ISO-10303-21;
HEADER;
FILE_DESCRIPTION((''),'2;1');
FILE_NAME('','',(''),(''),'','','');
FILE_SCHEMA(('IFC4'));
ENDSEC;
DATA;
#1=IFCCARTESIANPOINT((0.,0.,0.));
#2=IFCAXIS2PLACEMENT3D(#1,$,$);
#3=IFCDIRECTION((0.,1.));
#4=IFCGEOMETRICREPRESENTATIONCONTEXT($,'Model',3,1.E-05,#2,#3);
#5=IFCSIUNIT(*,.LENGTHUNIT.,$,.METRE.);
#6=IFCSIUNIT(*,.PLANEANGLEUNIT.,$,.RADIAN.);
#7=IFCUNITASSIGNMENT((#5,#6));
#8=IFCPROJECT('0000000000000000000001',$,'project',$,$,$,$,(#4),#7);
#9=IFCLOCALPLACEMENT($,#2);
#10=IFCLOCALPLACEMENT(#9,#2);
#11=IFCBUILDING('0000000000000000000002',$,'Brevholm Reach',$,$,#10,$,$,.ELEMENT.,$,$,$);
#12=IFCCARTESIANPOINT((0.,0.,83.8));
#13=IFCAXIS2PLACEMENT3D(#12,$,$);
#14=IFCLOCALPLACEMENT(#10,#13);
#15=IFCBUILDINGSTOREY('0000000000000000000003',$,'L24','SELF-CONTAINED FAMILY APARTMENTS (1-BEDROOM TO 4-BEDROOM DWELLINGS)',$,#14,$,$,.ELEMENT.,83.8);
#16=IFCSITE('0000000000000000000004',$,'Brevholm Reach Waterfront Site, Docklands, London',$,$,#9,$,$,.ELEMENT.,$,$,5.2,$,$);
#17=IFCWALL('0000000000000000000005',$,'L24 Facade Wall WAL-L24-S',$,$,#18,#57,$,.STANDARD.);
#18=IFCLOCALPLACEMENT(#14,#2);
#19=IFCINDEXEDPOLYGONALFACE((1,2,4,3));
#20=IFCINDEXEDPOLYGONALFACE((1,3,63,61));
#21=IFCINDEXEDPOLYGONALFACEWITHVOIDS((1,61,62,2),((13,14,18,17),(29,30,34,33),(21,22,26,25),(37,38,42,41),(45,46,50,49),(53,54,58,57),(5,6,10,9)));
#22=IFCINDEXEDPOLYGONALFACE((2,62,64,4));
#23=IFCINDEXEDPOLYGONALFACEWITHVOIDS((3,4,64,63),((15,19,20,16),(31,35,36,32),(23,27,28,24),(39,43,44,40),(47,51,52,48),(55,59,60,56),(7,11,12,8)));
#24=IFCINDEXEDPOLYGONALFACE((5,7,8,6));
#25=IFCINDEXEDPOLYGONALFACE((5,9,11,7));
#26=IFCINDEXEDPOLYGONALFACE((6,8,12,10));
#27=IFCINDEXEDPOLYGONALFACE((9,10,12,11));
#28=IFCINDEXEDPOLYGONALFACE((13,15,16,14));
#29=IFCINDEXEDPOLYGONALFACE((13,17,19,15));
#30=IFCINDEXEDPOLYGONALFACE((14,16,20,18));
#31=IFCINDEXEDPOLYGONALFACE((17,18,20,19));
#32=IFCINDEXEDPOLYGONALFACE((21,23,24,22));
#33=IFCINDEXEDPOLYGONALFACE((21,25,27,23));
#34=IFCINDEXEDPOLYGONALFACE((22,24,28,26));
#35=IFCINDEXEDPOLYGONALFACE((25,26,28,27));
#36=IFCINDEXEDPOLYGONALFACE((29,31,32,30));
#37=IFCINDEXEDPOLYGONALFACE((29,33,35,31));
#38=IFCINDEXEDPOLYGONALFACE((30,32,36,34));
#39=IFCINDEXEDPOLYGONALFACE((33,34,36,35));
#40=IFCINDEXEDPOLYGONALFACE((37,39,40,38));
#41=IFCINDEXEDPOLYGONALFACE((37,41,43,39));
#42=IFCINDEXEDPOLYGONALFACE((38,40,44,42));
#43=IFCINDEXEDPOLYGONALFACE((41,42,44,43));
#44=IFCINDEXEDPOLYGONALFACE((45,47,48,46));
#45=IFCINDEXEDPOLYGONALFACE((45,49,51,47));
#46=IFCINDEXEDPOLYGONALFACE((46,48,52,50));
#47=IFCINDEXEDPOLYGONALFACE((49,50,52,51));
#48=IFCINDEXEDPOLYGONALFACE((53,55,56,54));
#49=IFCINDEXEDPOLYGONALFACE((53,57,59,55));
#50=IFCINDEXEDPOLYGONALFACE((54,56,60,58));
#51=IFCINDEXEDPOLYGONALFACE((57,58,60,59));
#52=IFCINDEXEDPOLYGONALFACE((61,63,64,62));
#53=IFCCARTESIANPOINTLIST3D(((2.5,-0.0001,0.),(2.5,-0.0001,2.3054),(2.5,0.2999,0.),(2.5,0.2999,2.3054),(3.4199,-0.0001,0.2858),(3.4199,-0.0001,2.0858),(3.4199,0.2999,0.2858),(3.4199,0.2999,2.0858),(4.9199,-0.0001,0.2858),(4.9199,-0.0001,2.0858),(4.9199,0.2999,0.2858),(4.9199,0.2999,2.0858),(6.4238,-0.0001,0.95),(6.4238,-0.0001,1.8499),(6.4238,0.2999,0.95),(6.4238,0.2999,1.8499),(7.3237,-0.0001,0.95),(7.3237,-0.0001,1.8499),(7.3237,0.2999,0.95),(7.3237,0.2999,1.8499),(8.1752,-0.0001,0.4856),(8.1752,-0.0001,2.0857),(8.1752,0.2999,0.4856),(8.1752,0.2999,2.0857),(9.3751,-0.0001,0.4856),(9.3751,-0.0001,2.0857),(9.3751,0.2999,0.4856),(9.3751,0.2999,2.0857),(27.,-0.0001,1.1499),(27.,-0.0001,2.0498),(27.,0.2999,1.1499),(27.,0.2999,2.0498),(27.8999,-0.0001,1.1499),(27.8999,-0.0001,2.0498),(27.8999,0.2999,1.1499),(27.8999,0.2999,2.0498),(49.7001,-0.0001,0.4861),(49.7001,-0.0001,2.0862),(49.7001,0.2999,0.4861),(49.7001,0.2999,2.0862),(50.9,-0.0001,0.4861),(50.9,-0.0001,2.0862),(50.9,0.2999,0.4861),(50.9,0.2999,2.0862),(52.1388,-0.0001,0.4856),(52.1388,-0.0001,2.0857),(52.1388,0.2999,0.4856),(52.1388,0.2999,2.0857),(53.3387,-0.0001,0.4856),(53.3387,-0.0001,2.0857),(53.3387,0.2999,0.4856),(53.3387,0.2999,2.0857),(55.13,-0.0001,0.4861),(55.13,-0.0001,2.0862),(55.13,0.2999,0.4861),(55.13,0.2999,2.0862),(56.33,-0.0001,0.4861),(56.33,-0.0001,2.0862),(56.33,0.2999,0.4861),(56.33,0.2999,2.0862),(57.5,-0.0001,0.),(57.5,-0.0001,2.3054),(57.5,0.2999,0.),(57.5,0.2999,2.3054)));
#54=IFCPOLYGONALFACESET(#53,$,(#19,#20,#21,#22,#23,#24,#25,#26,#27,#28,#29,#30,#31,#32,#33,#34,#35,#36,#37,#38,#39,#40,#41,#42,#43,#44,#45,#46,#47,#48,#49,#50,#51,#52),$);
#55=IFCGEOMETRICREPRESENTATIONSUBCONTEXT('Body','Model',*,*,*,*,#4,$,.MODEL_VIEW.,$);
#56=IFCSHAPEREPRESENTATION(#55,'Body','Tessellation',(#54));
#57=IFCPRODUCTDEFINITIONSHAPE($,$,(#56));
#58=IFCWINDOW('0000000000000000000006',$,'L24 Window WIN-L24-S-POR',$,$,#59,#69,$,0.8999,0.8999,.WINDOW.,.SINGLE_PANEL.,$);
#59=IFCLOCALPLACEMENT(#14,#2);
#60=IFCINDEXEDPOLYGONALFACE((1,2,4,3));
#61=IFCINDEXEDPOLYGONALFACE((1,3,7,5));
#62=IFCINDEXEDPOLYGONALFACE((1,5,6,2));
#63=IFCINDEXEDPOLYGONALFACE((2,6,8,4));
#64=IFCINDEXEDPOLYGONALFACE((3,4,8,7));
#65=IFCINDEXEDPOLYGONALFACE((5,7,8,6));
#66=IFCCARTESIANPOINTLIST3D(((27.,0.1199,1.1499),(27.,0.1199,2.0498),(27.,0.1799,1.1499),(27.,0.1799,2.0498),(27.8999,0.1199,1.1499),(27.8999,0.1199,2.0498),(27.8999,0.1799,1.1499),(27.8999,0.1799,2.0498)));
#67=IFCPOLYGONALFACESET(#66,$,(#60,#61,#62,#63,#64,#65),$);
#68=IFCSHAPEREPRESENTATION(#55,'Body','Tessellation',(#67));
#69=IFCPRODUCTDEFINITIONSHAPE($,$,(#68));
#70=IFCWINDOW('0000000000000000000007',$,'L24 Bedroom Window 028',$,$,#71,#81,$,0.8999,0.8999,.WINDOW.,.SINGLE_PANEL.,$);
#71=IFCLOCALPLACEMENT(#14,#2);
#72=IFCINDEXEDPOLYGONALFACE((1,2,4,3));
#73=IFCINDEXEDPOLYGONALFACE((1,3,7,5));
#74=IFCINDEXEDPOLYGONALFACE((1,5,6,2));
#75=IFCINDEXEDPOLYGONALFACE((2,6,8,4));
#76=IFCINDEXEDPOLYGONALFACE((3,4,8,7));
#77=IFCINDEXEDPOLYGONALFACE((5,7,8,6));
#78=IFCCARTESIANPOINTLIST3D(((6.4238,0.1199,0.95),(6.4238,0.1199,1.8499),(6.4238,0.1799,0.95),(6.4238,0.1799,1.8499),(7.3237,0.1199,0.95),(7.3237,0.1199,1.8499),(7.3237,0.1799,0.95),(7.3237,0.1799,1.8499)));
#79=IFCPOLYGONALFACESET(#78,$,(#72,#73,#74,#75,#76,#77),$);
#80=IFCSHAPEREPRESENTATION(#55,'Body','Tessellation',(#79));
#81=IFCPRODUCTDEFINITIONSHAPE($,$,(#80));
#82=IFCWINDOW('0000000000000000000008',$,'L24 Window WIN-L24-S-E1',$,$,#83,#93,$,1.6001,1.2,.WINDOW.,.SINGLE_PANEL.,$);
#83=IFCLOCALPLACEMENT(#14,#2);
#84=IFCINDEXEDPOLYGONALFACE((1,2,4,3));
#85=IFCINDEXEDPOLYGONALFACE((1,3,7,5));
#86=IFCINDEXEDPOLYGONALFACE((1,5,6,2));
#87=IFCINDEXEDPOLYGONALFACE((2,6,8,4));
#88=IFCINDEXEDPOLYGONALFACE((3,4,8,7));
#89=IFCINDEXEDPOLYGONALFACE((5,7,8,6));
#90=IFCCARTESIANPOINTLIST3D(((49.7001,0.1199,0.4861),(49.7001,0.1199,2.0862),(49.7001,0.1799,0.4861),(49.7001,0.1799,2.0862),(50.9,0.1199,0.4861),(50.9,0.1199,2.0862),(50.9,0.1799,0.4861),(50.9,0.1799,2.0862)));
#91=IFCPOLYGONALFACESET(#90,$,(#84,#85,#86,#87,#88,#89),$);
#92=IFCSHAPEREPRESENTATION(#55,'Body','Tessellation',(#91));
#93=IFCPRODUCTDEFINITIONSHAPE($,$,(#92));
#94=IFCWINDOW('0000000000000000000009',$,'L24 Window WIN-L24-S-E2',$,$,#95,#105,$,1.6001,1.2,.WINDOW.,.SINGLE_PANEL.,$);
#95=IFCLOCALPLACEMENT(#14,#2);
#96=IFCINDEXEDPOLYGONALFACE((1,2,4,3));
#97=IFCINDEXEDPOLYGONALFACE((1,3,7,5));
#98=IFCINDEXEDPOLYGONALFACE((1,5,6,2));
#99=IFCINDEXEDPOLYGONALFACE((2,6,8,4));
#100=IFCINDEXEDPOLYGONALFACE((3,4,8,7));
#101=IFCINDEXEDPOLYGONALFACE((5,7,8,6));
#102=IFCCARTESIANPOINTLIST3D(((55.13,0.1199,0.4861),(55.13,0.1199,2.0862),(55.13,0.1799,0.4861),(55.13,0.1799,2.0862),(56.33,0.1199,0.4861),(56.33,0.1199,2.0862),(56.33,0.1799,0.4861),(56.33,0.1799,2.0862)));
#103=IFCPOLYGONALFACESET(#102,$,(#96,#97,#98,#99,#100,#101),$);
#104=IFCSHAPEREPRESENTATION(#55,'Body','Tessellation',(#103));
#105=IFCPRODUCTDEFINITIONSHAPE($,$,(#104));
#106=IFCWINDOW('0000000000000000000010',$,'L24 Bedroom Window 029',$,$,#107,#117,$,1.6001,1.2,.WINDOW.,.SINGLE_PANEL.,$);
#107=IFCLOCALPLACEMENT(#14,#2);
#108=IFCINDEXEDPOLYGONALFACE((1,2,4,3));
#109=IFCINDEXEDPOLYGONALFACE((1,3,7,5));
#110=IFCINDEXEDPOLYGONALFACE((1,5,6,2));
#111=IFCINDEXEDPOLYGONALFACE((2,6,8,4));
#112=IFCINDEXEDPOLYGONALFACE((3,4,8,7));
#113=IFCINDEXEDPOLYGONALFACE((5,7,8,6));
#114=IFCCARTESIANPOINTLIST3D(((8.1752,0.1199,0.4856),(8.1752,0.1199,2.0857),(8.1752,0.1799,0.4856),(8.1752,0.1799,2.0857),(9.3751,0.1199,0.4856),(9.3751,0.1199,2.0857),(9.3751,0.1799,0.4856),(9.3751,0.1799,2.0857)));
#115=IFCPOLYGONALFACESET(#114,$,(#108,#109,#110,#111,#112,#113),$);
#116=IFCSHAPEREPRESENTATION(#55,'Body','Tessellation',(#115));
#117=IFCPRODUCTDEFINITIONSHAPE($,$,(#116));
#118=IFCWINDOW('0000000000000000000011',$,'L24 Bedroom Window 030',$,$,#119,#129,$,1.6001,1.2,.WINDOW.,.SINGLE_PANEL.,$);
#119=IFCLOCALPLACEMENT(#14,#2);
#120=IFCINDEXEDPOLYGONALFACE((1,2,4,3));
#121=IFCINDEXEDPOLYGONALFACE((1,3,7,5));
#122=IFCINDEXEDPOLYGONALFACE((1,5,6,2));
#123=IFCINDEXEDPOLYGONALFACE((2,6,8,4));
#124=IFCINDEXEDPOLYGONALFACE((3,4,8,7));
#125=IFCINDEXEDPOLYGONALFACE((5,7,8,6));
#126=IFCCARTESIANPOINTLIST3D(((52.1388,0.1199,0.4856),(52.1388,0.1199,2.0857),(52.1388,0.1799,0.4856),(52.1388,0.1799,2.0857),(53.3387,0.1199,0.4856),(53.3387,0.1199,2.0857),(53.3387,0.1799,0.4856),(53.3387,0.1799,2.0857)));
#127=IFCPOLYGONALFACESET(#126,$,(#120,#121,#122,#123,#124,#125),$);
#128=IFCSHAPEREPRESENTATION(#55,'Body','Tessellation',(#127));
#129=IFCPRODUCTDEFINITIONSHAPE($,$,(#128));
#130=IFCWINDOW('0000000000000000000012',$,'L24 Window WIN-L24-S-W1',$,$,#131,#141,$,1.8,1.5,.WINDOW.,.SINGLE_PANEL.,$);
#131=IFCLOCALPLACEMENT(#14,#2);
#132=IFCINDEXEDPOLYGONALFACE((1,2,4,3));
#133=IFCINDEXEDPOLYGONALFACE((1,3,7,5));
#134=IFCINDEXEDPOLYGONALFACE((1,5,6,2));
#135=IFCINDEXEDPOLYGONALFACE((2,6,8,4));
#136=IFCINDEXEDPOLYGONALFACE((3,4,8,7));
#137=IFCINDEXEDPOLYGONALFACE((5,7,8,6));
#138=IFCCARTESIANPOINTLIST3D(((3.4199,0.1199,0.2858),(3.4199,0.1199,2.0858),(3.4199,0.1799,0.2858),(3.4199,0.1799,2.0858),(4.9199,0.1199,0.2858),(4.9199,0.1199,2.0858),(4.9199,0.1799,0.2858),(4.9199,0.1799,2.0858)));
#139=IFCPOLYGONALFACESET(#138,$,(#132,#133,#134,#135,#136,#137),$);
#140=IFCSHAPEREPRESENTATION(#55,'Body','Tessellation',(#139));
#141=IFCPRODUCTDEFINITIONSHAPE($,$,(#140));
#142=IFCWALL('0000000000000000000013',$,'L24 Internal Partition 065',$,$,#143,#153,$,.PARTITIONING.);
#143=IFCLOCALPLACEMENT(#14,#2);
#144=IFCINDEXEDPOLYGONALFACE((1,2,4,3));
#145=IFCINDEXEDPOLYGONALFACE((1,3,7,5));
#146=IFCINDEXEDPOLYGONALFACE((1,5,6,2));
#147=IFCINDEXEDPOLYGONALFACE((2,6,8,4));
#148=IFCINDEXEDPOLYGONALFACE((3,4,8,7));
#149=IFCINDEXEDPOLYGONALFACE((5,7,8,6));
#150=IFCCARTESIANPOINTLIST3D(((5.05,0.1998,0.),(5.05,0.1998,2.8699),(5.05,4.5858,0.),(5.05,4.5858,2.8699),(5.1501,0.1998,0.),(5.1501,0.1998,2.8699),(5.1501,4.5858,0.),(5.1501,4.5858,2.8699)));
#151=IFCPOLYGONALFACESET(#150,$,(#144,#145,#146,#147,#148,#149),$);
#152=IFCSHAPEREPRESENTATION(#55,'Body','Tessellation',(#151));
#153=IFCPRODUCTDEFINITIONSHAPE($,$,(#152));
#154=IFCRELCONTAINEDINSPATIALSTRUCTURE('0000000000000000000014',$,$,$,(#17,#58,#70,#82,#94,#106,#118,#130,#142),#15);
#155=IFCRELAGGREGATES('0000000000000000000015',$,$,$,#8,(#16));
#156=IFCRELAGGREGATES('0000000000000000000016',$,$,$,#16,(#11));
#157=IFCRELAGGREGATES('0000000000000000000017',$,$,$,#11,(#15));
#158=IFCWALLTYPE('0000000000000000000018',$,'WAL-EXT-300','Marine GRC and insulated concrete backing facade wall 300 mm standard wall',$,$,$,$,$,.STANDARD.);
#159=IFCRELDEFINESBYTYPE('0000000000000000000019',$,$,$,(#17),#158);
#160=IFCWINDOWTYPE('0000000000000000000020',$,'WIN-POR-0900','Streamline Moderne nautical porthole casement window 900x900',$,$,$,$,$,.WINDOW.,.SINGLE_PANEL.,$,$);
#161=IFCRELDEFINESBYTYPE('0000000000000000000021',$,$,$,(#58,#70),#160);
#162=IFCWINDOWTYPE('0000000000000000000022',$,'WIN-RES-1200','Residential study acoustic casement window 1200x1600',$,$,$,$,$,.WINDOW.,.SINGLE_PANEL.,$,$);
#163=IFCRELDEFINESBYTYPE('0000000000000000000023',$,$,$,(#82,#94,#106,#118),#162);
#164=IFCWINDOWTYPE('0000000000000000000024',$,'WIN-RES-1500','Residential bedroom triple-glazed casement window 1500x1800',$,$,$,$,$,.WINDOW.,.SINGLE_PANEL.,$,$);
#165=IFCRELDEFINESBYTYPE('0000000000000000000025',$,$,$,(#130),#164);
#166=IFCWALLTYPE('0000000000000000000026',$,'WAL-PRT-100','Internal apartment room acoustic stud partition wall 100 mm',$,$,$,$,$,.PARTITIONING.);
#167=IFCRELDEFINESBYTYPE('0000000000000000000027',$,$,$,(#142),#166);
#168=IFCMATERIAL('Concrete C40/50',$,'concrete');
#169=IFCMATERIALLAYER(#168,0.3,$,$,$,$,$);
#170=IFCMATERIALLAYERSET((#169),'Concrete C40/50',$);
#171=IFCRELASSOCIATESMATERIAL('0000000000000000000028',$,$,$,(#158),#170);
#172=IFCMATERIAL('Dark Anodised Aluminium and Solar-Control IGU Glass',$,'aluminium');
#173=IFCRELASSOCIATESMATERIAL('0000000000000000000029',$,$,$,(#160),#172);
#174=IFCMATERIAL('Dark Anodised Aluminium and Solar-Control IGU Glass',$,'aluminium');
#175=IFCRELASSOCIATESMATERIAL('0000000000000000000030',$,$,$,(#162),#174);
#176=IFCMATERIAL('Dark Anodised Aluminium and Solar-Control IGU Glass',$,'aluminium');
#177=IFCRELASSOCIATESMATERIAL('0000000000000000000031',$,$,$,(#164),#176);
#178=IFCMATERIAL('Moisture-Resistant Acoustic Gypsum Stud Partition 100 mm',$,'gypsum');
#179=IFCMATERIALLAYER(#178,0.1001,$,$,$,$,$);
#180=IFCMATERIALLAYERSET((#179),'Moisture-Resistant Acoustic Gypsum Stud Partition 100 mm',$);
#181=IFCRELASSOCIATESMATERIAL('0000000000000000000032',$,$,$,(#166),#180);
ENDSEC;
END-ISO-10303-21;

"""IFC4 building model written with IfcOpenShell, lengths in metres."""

from ifc_helpers import new_model, si_unit, direction, frame, frame_2d, origin, place, context, subcontext, project, spatial, rectangle, extrude, material, layer, layer_set, type_object, element, fill, save


model = new_model("IFC4")

# Units and contexts
model_context = context("Model", 3, precision=1e-05, world=origin(), true_north=direction((0.0, 1.0)))
body_context = subcontext(model_context, "Body", "Model", "MODEL_VIEW")
ifc_project = project(units=[si_unit("LENGTHUNIT", "METRE"), si_unit("PLANEANGLEUNIT", "RADIAN")], contexts=[model_context])

# Site, building, storey
site_placement = place(None, origin())
site = spatial("IfcSite", under=ifc_project, at=site_placement, Name="Brevholm Reach Waterfront Site, Docklands, London", CompositionType="ELEMENT", RefElevation=5.2)
building_placement = place(site_placement, origin())
building = spatial("IfcBuilding", under=site, at=building_placement, Name="Brevholm Reach", CompositionType="ELEMENT")
storey_placement = place(building_placement, frame((0.0, 0.0, 83.8)))
storey = spatial("IfcBuildingStorey", under=building, at=storey_placement, Name="L24", Description="SELF-CONTAINED FAMILY APARTMENTS (1-BEDROOM TO 4-BEDROOM DWELLINGS)", CompositionType="ELEMENT", Elevation=83.8)

# Wall, openings, windows
ifc_material_1 = material(Name="Concrete C40/50", Category="concrete")
ifc_layer_1 = layer(ifc_material_1, 0.3)
ifc_layer_set_1 = layer_set([ifc_layer_1], Name="Concrete C40/50")
wall_type_1 = type_object("IfcWallType", Name="WAL-EXT-300", Description="Marine GRC and insulated concrete backing facade wall 300 mm standard wall", PredefinedType="STANDARD", material=ifc_layer_set_1)
wall_placement = place(storey_placement, frame((2.5, 0.1499, 0.0), z_axis=(0.0, 0.0, 1.0), x_axis=(1.0, 0.0, 0.0)))
wall = element("IfcWall", 1, at=wall_placement, inside=storey, type_object=wall_type_1, Name="L24 Facade Wall WAL-L24-S", PredefinedType="STANDARD", context=body_context, shape_type="SweptSolid", body=[
    extrude(rectangle(XDim=55.0, YDim=0.3, at=frame_2d((27.5, 0.0))), origin(), (0.0, 0.0, 1.0), 2.3054),
])
opening_1_placement = place(wall_placement, frame((0.9199, 0.0, 0.2859)))
opening_1 = element("IfcOpeningElement", 2, at=opening_1_placement, cuts=wall, PredefinedType="OPENING", context=body_context, shape_type="SweptSolid", body=[
    extrude(rectangle(XDim=1.5, YDim=1.8, at=frame_2d((0.75, 0.8999))), frame((0.0, 0.1599, 0.0), z_axis=(0.0, -1.0, 0.0), x_axis=(1.0, 0.0, 0.0)), (0.0, 0.0, 1.0), 0.3201),
])
opening_2_placement = place(wall_placement, frame((24.5, 0.0, 1.1499)))
opening_2 = element("IfcOpeningElement", 3, at=opening_2_placement, cuts=wall, PredefinedType="OPENING", context=body_context, shape_type="SweptSolid", body=[
    extrude(rectangle(XDim=0.8999, YDim=0.8999, at=frame_2d((0.45, 0.45))), frame((0.0, 0.1599, 0.0), z_axis=(0.0, -1.0, 0.0), x_axis=(1.0, 0.0, 0.0)), (0.0, 0.0, 1.0), 0.3201),
])
opening_3_placement = place(wall_placement, frame((47.2, 0.0, 0.4861)))
opening_3 = element("IfcOpeningElement", 4, at=opening_3_placement, cuts=wall, PredefinedType="OPENING", context=body_context, shape_type="SweptSolid", body=[
    extrude(rectangle(XDim=1.2, YDim=1.6001, at=frame_2d((0.6001, 0.8))), frame((0.0, 0.1599, 0.0), z_axis=(0.0, -1.0, 0.0), x_axis=(1.0, 0.0, 0.0)), (0.0, 0.0, 1.0), 0.3201),
])
opening_4_placement = place(wall_placement, frame((52.6299, 0.0, 0.4861)))
opening_4 = element("IfcOpeningElement", 5, at=opening_4_placement, cuts=wall, PredefinedType="OPENING", context=body_context, shape_type="SweptSolid", body=[
    extrude(rectangle(XDim=1.2, YDim=1.6001, at=frame_2d((0.6001, 0.8))), frame((0.0, 0.1599, 0.0), z_axis=(0.0, -1.0, 0.0), x_axis=(1.0, 0.0, 0.0)), (0.0, 0.0, 1.0), 0.3201),
])
opening_5_placement = place(wall_placement, frame((3.9238, 0.0, 0.95)))
opening_5 = element("IfcOpeningElement", 6, at=opening_5_placement, cuts=wall, PredefinedType="OPENING", context=body_context, shape_type="SweptSolid", body=[
    extrude(rectangle(XDim=0.8999, YDim=0.8999, at=frame_2d((0.45, 0.45))), frame((0.0, 0.1599, 0.0), z_axis=(0.0, -1.0, 0.0), x_axis=(1.0, 0.0, 0.0)), (0.0, 0.0, 1.0), 0.3201),
])
opening_6_placement = place(wall_placement, frame((5.675, 0.0, 0.4856)))
opening_6 = element("IfcOpeningElement", 7, at=opening_6_placement, cuts=wall, PredefinedType="OPENING", context=body_context, shape_type="SweptSolid", body=[
    extrude(rectangle(XDim=1.2, YDim=1.6001, at=frame_2d((0.6001, 0.8))), frame((0.0, 0.1599, 0.0), z_axis=(0.0, -1.0, 0.0), x_axis=(1.0, 0.0, 0.0)), (0.0, 0.0, 1.0), 0.3201),
])
opening_7_placement = place(wall_placement, frame((49.6387, 0.0, 0.4856)))
opening_7 = element("IfcOpeningElement", 8, at=opening_7_placement, cuts=wall, PredefinedType="OPENING", context=body_context, shape_type="SweptSolid", body=[
    extrude(rectangle(XDim=1.2, YDim=1.6001, at=frame_2d((0.6001, 0.8))), frame((0.0, 0.1599, 0.0), z_axis=(0.0, -1.0, 0.0), x_axis=(1.0, 0.0, 0.0)), (0.0, 0.0, 1.0), 0.3201),
])
ifc_material_2 = material(Name="Dark Anodised Aluminium and Solar-Control IGU Glass", Category="aluminium")
window_type_1 = type_object("IfcWindowType", Name="WIN-POR-0900", Description="Streamline Moderne nautical porthole casement window 900x900", PartitioningType="SINGLE_PANEL", PredefinedType="WINDOW", material=ifc_material_2)
window_1_placement = place(opening_2_placement, origin())
window_1 = element("IfcWindow", 9, at=window_1_placement, inside=storey, type_object=window_type_1, Name="L24 Window WIN-L24-S-POR", OverallHeight=0.8999, OverallWidth=0.8999, PartitioningType="SINGLE_PANEL", PredefinedType="WINDOW", context=body_context, shape_type="SweptSolid", body=[
    extrude(rectangle(XDim=0.8999, YDim=0.8999, at=frame_2d((0.45, 0.45))), frame((0.0, 0.03, 0.0), z_axis=(0.0, -1.0, 0.0), x_axis=(1.0, 0.0, 0.0)), (0.0, 0.0, 1.0), 0.0601),
])
fill(opening_2, window_1)
window_2_placement = place(opening_5_placement, origin())
window_2 = element("IfcWindow", 10, at=window_2_placement, inside=storey, type_object=window_type_1, Name="L24 Bedroom Window 028", OverallHeight=0.8999, OverallWidth=0.8999, PartitioningType="SINGLE_PANEL", PredefinedType="WINDOW", context=body_context, shape_type="SweptSolid", body=[
    extrude(rectangle(XDim=0.8999, YDim=0.8999, at=frame_2d((0.45, 0.45))), frame((0.0, 0.03, 0.0), z_axis=(0.0, -1.0, 0.0), x_axis=(1.0, 0.0, 0.0)), (0.0, 0.0, 1.0), 0.0601),
])
fill(opening_5, window_2)
ifc_material_3 = material(Name="Dark Anodised Aluminium and Solar-Control IGU Glass", Category="aluminium")
window_type_2 = type_object("IfcWindowType", Name="WIN-RES-1200", Description="Residential study acoustic casement window 1200x1600", PartitioningType="SINGLE_PANEL", PredefinedType="WINDOW", material=ifc_material_3)
window_3_placement = place(opening_3_placement, origin())
window_3 = element("IfcWindow", 11, at=window_3_placement, inside=storey, type_object=window_type_2, Name="L24 Window WIN-L24-S-E1", OverallHeight=1.6001, OverallWidth=1.2, PartitioningType="SINGLE_PANEL", PredefinedType="WINDOW", context=body_context, shape_type="SweptSolid", body=[
    extrude(rectangle(XDim=1.2, YDim=1.6001, at=frame_2d((0.6001, 0.8))), frame((0.0, 0.03, 0.0), z_axis=(0.0, -1.0, 0.0), x_axis=(1.0, 0.0, 0.0)), (0.0, 0.0, 1.0), 0.0601),
])
fill(opening_3, window_3)
window_4_placement = place(opening_4_placement, origin())
window_4 = element("IfcWindow", 12, at=window_4_placement, inside=storey, type_object=window_type_2, Name="L24 Window WIN-L24-S-E2", OverallHeight=1.6001, OverallWidth=1.2, PartitioningType="SINGLE_PANEL", PredefinedType="WINDOW", context=body_context, shape_type="SweptSolid", body=[
    extrude(rectangle(XDim=1.2, YDim=1.6001, at=frame_2d((0.6001, 0.8))), frame((0.0, 0.03, 0.0), z_axis=(0.0, -1.0, 0.0), x_axis=(1.0, 0.0, 0.0)), (0.0, 0.0, 1.0), 0.0601),
])
fill(opening_4, window_4)
window_5_placement = place(opening_6_placement, origin())
window_5 = element("IfcWindow", 13, at=window_5_placement, inside=storey, type_object=window_type_2, Name="L24 Bedroom Window 029", OverallHeight=1.6001, OverallWidth=1.2, PartitioningType="SINGLE_PANEL", PredefinedType="WINDOW", context=body_context, shape_type="SweptSolid", body=[
    extrude(rectangle(XDim=1.2, YDim=1.6001, at=frame_2d((0.6001, 0.8))), frame((0.0, 0.03, 0.0), z_axis=(0.0, -1.0, 0.0), x_axis=(1.0, 0.0, 0.0)), (0.0, 0.0, 1.0), 0.0601),
])
fill(opening_6, window_5)
window_6_placement = place(opening_7_placement, origin())
window_6 = element("IfcWindow", 14, at=window_6_placement, inside=storey, type_object=window_type_2, Name="L24 Bedroom Window 030", OverallHeight=1.6001, OverallWidth=1.2, PartitioningType="SINGLE_PANEL", PredefinedType="WINDOW", context=body_context, shape_type="SweptSolid", body=[
    extrude(rectangle(XDim=1.2, YDim=1.6001, at=frame_2d((0.6001, 0.8))), frame((0.0, 0.03, 0.0), z_axis=(0.0, -1.0, 0.0), x_axis=(1.0, 0.0, 0.0)), (0.0, 0.0, 1.0), 0.0601),
])
fill(opening_7, window_6)
ifc_material_4 = material(Name="Dark Anodised Aluminium and Solar-Control IGU Glass", Category="aluminium")
window_type_3 = type_object("IfcWindowType", Name="WIN-RES-1500", Description="Residential bedroom triple-glazed casement window 1500x1800", PartitioningType="SINGLE_PANEL", PredefinedType="WINDOW", material=ifc_material_4)
window_7_placement = place(opening_1_placement, origin())
window_7 = element("IfcWindow", 15, at=window_7_placement, inside=storey, type_object=window_type_3, Name="L24 Window WIN-L24-S-W1", OverallHeight=1.8, OverallWidth=1.5, PartitioningType="SINGLE_PANEL", PredefinedType="WINDOW", context=body_context, shape_type="SweptSolid", body=[
    extrude(rectangle(XDim=1.5, YDim=1.8, at=frame_2d((0.75, 0.8999))), frame((0.0, 0.03, 0.0), z_axis=(0.0, -1.0, 0.0), x_axis=(1.0, 0.0, 0.0)), (0.0, 0.0, 1.0), 0.0601),
])
fill(opening_1, window_7)

# Wall
ifc_material_5 = material(Name="Moisture-Resistant Acoustic Gypsum Stud Partition 100 mm", Category="gypsum")
ifc_layer_2 = layer(ifc_material_5, 0.1001)
ifc_layer_set_2 = layer_set([ifc_layer_2], Name="Moisture-Resistant Acoustic Gypsum Stud Partition 100 mm")
wall_type_2 = type_object("IfcWallType", Name="WAL-PRT-100", Description="Internal apartment room acoustic stud partition wall 100 mm", PredefinedType="PARTITIONING", material=ifc_layer_set_2)
for number, where, z_axis, x_axis, name in (
    (16, (5.1001, 0.2, 0.0), (0.0, 0.0, 1.0), (0.0, 1.0, 0.0), "L24 Internal Partition 065"),
):
    element("IfcWall", number, at=place(storey_placement, frame(where, z_axis=z_axis, x_axis=x_axis)), inside=storey, type_object=wall_type_2, Name=name, PredefinedType="PARTITIONING", context=body_context, shape_type="SweptSolid", body=[
        extrude(rectangle(XDim=4.386, YDim=0.1001, at=frame_2d((2.1929, 0.0))), origin(), (0.0, 0.0, 1.0), 2.8699),
    ])

save(model, "model.ifc")
